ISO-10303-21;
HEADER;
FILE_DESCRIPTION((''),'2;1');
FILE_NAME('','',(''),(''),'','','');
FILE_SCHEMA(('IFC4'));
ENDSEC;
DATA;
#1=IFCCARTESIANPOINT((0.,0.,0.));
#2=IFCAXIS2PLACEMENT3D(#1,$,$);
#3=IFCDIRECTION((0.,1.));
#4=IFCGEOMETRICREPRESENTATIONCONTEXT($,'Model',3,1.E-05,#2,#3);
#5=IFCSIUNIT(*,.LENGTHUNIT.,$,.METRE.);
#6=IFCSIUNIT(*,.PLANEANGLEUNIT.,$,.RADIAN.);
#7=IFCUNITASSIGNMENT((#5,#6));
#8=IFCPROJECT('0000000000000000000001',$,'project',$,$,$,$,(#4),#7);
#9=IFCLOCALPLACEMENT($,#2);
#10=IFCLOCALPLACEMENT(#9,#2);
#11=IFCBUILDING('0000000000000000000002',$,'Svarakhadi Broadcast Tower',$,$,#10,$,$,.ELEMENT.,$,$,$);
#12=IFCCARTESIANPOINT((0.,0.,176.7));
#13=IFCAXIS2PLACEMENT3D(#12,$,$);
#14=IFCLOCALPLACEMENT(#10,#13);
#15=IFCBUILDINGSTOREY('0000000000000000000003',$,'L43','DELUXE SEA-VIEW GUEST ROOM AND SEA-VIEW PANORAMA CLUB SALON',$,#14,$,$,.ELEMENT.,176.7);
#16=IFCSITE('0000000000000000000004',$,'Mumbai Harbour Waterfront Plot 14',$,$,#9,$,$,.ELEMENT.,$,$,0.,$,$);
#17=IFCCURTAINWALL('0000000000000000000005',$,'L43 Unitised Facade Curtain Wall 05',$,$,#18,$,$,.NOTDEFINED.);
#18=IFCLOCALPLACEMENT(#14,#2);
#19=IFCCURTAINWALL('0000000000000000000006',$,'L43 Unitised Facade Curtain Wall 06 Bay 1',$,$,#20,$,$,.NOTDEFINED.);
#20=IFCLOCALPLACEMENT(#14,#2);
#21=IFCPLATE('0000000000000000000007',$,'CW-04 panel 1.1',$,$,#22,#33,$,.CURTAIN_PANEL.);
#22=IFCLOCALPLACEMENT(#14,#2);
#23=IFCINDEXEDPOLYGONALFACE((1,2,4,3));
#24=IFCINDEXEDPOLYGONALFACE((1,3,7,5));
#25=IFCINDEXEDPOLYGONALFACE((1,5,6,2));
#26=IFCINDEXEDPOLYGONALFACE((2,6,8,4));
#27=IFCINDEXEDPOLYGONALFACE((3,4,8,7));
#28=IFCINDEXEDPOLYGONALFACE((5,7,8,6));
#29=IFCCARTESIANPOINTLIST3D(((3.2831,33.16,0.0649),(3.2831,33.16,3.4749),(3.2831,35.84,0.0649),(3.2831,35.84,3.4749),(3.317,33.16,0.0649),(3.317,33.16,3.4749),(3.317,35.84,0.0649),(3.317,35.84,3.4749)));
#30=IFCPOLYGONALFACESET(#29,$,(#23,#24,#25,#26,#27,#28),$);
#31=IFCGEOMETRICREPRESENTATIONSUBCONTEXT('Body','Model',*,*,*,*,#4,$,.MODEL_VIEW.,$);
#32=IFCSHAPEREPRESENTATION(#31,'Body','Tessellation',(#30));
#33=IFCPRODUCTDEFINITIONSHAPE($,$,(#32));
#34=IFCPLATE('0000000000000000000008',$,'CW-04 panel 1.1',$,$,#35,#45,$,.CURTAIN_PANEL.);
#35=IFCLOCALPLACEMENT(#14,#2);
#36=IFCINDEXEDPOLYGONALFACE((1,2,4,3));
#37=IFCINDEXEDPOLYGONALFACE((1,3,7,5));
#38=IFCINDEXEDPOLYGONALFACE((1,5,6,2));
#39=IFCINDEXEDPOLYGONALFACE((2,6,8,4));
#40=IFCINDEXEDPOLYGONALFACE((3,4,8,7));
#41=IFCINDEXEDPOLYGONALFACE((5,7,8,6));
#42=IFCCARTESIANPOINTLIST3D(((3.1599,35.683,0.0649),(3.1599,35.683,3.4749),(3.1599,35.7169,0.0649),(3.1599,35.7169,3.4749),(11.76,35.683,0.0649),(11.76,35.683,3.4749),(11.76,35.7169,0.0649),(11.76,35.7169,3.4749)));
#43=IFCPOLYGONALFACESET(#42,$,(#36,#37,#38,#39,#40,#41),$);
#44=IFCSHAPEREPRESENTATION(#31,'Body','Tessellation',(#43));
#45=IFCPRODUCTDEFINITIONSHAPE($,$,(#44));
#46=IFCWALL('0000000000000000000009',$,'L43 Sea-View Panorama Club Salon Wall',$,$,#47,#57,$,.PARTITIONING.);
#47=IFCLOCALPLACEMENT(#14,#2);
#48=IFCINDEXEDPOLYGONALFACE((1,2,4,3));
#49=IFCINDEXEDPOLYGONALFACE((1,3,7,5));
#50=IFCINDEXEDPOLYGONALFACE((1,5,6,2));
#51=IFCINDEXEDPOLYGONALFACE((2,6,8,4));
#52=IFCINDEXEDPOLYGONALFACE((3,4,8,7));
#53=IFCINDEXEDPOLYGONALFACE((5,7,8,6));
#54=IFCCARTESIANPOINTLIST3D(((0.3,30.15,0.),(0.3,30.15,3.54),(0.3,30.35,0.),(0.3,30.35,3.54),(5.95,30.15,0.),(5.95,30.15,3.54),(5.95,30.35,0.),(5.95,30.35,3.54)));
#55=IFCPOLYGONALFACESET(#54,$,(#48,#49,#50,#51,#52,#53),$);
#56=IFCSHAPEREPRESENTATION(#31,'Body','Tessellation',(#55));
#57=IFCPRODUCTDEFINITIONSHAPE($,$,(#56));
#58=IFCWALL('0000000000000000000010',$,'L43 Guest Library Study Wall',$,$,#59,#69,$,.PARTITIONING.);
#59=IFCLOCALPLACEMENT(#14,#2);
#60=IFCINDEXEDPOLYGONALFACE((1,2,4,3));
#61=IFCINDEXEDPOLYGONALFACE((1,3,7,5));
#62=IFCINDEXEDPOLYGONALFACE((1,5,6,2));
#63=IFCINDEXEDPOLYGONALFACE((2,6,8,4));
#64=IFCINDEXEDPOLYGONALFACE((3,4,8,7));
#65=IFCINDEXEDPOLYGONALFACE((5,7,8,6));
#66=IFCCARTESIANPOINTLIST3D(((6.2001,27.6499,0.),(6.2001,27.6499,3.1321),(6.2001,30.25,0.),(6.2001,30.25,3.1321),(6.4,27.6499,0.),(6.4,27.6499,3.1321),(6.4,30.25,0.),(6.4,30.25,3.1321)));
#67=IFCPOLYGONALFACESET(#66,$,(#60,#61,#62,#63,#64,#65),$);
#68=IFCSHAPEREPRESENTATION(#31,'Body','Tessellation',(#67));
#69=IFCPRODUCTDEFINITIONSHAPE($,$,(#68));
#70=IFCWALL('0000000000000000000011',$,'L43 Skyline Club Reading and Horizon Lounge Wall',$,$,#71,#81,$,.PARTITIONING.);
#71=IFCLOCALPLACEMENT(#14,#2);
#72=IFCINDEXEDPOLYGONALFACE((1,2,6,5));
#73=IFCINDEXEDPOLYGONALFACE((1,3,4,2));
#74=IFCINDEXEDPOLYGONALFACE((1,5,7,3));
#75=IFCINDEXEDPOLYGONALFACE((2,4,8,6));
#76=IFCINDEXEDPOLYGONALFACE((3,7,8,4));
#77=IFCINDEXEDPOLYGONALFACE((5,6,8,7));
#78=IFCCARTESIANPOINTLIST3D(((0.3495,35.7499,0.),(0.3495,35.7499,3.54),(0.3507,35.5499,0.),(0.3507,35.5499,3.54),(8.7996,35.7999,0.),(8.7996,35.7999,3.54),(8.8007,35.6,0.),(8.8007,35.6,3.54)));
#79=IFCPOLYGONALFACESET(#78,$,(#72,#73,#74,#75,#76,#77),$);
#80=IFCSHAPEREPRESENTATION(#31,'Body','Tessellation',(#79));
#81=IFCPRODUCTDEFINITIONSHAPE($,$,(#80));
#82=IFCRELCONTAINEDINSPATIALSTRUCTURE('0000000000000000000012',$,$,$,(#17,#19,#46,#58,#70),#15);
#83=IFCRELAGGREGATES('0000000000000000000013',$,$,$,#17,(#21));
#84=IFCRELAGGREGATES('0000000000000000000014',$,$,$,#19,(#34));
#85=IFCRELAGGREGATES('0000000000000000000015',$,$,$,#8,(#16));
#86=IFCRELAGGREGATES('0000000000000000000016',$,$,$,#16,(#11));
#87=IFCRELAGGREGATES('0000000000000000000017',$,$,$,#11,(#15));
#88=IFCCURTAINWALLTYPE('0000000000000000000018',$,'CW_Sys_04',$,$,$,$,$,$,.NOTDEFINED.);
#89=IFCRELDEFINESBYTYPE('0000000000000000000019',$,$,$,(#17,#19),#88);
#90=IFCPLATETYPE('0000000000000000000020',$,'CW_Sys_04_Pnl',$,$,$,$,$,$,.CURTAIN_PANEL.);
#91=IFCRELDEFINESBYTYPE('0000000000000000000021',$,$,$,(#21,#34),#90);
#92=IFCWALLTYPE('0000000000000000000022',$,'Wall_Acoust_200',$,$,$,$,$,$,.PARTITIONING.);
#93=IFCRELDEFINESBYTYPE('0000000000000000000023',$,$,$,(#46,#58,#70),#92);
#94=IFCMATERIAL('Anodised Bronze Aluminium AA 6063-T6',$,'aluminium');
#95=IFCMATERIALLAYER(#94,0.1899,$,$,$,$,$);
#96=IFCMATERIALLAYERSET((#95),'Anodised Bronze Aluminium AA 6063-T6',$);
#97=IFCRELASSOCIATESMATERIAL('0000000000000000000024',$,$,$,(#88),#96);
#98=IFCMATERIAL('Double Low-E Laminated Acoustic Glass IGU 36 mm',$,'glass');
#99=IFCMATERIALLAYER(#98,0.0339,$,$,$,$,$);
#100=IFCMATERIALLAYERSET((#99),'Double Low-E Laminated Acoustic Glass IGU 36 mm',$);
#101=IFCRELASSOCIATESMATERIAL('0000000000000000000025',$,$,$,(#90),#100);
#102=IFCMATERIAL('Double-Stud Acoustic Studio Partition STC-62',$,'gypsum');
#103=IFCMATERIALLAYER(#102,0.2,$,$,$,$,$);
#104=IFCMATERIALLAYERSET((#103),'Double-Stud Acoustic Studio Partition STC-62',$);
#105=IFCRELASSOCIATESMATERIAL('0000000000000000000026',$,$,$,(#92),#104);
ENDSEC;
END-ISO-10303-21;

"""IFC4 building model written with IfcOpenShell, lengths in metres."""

from ifc_helpers import new_model, si_unit, direction, frame, frame_2d, origin, origin_2d, place, context, subcontext, project, spatial, rectangle, extrude, material, layer, layer_set, type_object, element, aggregate, save


model = new_model("IFC4")

# Units and contexts
model_context = context("Model", 3, precision=1e-05, world=origin(), true_north=direction((0.0, 1.0)))
body_context = subcontext(model_context, "Body", "Model", "MODEL_VIEW")
ifc_project = project(units=[si_unit("LENGTHUNIT", "METRE"), si_unit("PLANEANGLEUNIT", "RADIAN")], contexts=[model_context])

# Site, building, storey
site_placement = place(None, origin())
site = spatial("IfcSite", under=ifc_project, at=site_placement, Name="Mumbai Harbour Waterfront Plot 14", CompositionType="ELEMENT", RefElevation=0.0)
building_placement = place(site_placement, origin())
building = spatial("IfcBuilding", under=site, at=building_placement, Name="Svarakhadi Broadcast Tower", CompositionType="ELEMENT")
storey_placement = place(building_placement, frame((0.0, 0.0, 176.7)))
storey = spatial("IfcBuildingStorey", under=building, at=storey_placement, Name="L43", Description="DELUXE SEA-VIEW GUEST ROOM AND SEA-VIEW PANORAMA CLUB SALON", CompositionType="ELEMENT", Elevation=176.7)

# Shared definitions
ifc_material_1 = material(Name="Anodised Bronze Aluminium AA 6063-T6", Category="aluminium")
ifc_layer_1 = layer(ifc_material_1, 0.1899)
ifc_layer_set_1 = layer_set([ifc_layer_1], Name="Anodised Bronze Aluminium AA 6063-T6")
curtain_wall_type = type_object("IfcCurtainWallType", Name="CW_Sys_04", PredefinedType="NOTDEFINED", material=ifc_layer_set_1)

# Curtain wall
curtain_wall_1_placement = place(storey_placement, origin())
curtain_wall_1 = element("IfcCurtainWall", 1, at=curtain_wall_1_placement, inside=storey, type_object=curtain_wall_type, Name="L43 Unitised Facade Curtain Wall 05", PredefinedType="NOTDEFINED")

# Curtain wall
curtain_wall_2_placement = place(storey_placement, origin())
curtain_wall_2 = element("IfcCurtainWall", 2, at=curtain_wall_2_placement, inside=storey, type_object=curtain_wall_type, Name="L43 Unitised Facade Curtain Wall 06 Bay 1", PredefinedType="NOTDEFINED")

# Plates
ifc_material_2 = material(Name="Double Low-E Laminated Acoustic Glass IGU 36 mm", Category="glass")
ifc_layer_2 = layer(ifc_material_2, 0.0339)
ifc_layer_set_2 = layer_set([ifc_layer_2], Name="Double Low-E Laminated Acoustic Glass IGU 36 mm")
plate_type = type_object("IfcPlateType", Name="CW_Sys_04_Pnl", PredefinedType="CURTAIN_PANEL", material=ifc_layer_set_2)
plate_1_placement = place(storey_placement, frame((3.3, 34.5, 0.0649), z_axis=(0.0, 0.0, 1.0), x_axis=(0.0, 1.0, 0.0)))
plate_1 = element("IfcPlate", 3, at=plate_1_placement, type_object=plate_type, Name="CW-04 panel 1.1", PredefinedType="CURTAIN_PANEL", context=body_context, shape_type="SweptSolid", body=[
    extrude(rectangle(XDim=2.6799, YDim=0.0339, at=origin_2d()), origin(), (0.0, 0.0, 1.0), 3.4099),
])
aggregate(curtain_wall_1, [plate_1])
plate_2_placement = place(storey_placement, frame((7.46, 35.7, 0.0649), z_axis=(0.0, 0.0, 1.0), x_axis=(1.0, 0.0, 0.0)))
plate_2 = element("IfcPlate", 4, at=plate_2_placement, type_object=plate_type, Name="CW-04 panel 1.1", PredefinedType="CURTAIN_PANEL", context=body_context, shape_type="SweptSolid", body=[
    extrude(rectangle(XDim=8.6001, YDim=0.0339, at=origin_2d()), origin(), (0.0, 0.0, 1.0), 3.4099),
])
aggregate(curtain_wall_2, [plate_2])

# Walls
ifc_material_3 = material(Name="Double-Stud Acoustic Studio Partition STC-62", Category="gypsum")
ifc_layer_3 = layer(ifc_material_3, 0.2)
ifc_layer_set_3 = layer_set([ifc_layer_3], Name="Double-Stud Acoustic Studio Partition STC-62")
wall_type = type_object("IfcWallType", Name="Wall_Acoust_200", PredefinedType="PARTITIONING", material=ifc_layer_set_3)
wall_1_placement = place(storey_placement, frame((0.3, 30.25, 0.0), z_axis=(0.0, 0.0, 1.0), x_axis=(1.0, 0.0, 0.0)))
element("IfcWall", 5, at=wall_1_placement, inside=storey, type_object=wall_type, Name="L43 Sea-View Panorama Club Salon Wall", PredefinedType="PARTITIONING", context=body_context, shape_type="SweptSolid", body=[
    extrude(rectangle(XDim=5.6499, YDim=0.2, at=frame_2d((2.825, 0.0))), origin(), (0.0, 0.0, 1.0), 3.54),
])
wall_2_placement = place(storey_placement, frame((6.3, 27.6499, 0.0), z_axis=(0.0, 0.0, 1.0), x_axis=(0.0, 1.0, 0.0)))
element("IfcWall", 6, at=wall_2_placement, inside=storey, type_object=wall_type, Name="L43 Guest Library Study Wall", PredefinedType="PARTITIONING", context=body_context, shape_type="SweptSolid", body=[
    extrude(rectangle(XDim=2.6001, YDim=0.2, at=frame_2d((1.3, 0.0))), origin(), (0.0, 0.0, 1.0), 3.1321),
])
wall_3_placement = place(storey_placement, frame((0.3501, 35.6499, 0.0), z_axis=(0.0, 0.0, 1.0), x_axis=(0.999982, 0.005923, 0.0)))
element("IfcWall", 7, at=wall_3_placement, inside=storey, type_object=wall_type, Name="L43 Skyline Club Reading and Horizon Lounge Wall", PredefinedType="PARTITIONING", context=body_context, shape_type="SweptSolid", body=[
    extrude(rectangle(XDim=8.4502, YDim=0.2, at=frame_2d((4.2251, 0.0))), origin(), (0.0, 0.0, 1.0), 3.54),
])

save(model, "model.ifc")
